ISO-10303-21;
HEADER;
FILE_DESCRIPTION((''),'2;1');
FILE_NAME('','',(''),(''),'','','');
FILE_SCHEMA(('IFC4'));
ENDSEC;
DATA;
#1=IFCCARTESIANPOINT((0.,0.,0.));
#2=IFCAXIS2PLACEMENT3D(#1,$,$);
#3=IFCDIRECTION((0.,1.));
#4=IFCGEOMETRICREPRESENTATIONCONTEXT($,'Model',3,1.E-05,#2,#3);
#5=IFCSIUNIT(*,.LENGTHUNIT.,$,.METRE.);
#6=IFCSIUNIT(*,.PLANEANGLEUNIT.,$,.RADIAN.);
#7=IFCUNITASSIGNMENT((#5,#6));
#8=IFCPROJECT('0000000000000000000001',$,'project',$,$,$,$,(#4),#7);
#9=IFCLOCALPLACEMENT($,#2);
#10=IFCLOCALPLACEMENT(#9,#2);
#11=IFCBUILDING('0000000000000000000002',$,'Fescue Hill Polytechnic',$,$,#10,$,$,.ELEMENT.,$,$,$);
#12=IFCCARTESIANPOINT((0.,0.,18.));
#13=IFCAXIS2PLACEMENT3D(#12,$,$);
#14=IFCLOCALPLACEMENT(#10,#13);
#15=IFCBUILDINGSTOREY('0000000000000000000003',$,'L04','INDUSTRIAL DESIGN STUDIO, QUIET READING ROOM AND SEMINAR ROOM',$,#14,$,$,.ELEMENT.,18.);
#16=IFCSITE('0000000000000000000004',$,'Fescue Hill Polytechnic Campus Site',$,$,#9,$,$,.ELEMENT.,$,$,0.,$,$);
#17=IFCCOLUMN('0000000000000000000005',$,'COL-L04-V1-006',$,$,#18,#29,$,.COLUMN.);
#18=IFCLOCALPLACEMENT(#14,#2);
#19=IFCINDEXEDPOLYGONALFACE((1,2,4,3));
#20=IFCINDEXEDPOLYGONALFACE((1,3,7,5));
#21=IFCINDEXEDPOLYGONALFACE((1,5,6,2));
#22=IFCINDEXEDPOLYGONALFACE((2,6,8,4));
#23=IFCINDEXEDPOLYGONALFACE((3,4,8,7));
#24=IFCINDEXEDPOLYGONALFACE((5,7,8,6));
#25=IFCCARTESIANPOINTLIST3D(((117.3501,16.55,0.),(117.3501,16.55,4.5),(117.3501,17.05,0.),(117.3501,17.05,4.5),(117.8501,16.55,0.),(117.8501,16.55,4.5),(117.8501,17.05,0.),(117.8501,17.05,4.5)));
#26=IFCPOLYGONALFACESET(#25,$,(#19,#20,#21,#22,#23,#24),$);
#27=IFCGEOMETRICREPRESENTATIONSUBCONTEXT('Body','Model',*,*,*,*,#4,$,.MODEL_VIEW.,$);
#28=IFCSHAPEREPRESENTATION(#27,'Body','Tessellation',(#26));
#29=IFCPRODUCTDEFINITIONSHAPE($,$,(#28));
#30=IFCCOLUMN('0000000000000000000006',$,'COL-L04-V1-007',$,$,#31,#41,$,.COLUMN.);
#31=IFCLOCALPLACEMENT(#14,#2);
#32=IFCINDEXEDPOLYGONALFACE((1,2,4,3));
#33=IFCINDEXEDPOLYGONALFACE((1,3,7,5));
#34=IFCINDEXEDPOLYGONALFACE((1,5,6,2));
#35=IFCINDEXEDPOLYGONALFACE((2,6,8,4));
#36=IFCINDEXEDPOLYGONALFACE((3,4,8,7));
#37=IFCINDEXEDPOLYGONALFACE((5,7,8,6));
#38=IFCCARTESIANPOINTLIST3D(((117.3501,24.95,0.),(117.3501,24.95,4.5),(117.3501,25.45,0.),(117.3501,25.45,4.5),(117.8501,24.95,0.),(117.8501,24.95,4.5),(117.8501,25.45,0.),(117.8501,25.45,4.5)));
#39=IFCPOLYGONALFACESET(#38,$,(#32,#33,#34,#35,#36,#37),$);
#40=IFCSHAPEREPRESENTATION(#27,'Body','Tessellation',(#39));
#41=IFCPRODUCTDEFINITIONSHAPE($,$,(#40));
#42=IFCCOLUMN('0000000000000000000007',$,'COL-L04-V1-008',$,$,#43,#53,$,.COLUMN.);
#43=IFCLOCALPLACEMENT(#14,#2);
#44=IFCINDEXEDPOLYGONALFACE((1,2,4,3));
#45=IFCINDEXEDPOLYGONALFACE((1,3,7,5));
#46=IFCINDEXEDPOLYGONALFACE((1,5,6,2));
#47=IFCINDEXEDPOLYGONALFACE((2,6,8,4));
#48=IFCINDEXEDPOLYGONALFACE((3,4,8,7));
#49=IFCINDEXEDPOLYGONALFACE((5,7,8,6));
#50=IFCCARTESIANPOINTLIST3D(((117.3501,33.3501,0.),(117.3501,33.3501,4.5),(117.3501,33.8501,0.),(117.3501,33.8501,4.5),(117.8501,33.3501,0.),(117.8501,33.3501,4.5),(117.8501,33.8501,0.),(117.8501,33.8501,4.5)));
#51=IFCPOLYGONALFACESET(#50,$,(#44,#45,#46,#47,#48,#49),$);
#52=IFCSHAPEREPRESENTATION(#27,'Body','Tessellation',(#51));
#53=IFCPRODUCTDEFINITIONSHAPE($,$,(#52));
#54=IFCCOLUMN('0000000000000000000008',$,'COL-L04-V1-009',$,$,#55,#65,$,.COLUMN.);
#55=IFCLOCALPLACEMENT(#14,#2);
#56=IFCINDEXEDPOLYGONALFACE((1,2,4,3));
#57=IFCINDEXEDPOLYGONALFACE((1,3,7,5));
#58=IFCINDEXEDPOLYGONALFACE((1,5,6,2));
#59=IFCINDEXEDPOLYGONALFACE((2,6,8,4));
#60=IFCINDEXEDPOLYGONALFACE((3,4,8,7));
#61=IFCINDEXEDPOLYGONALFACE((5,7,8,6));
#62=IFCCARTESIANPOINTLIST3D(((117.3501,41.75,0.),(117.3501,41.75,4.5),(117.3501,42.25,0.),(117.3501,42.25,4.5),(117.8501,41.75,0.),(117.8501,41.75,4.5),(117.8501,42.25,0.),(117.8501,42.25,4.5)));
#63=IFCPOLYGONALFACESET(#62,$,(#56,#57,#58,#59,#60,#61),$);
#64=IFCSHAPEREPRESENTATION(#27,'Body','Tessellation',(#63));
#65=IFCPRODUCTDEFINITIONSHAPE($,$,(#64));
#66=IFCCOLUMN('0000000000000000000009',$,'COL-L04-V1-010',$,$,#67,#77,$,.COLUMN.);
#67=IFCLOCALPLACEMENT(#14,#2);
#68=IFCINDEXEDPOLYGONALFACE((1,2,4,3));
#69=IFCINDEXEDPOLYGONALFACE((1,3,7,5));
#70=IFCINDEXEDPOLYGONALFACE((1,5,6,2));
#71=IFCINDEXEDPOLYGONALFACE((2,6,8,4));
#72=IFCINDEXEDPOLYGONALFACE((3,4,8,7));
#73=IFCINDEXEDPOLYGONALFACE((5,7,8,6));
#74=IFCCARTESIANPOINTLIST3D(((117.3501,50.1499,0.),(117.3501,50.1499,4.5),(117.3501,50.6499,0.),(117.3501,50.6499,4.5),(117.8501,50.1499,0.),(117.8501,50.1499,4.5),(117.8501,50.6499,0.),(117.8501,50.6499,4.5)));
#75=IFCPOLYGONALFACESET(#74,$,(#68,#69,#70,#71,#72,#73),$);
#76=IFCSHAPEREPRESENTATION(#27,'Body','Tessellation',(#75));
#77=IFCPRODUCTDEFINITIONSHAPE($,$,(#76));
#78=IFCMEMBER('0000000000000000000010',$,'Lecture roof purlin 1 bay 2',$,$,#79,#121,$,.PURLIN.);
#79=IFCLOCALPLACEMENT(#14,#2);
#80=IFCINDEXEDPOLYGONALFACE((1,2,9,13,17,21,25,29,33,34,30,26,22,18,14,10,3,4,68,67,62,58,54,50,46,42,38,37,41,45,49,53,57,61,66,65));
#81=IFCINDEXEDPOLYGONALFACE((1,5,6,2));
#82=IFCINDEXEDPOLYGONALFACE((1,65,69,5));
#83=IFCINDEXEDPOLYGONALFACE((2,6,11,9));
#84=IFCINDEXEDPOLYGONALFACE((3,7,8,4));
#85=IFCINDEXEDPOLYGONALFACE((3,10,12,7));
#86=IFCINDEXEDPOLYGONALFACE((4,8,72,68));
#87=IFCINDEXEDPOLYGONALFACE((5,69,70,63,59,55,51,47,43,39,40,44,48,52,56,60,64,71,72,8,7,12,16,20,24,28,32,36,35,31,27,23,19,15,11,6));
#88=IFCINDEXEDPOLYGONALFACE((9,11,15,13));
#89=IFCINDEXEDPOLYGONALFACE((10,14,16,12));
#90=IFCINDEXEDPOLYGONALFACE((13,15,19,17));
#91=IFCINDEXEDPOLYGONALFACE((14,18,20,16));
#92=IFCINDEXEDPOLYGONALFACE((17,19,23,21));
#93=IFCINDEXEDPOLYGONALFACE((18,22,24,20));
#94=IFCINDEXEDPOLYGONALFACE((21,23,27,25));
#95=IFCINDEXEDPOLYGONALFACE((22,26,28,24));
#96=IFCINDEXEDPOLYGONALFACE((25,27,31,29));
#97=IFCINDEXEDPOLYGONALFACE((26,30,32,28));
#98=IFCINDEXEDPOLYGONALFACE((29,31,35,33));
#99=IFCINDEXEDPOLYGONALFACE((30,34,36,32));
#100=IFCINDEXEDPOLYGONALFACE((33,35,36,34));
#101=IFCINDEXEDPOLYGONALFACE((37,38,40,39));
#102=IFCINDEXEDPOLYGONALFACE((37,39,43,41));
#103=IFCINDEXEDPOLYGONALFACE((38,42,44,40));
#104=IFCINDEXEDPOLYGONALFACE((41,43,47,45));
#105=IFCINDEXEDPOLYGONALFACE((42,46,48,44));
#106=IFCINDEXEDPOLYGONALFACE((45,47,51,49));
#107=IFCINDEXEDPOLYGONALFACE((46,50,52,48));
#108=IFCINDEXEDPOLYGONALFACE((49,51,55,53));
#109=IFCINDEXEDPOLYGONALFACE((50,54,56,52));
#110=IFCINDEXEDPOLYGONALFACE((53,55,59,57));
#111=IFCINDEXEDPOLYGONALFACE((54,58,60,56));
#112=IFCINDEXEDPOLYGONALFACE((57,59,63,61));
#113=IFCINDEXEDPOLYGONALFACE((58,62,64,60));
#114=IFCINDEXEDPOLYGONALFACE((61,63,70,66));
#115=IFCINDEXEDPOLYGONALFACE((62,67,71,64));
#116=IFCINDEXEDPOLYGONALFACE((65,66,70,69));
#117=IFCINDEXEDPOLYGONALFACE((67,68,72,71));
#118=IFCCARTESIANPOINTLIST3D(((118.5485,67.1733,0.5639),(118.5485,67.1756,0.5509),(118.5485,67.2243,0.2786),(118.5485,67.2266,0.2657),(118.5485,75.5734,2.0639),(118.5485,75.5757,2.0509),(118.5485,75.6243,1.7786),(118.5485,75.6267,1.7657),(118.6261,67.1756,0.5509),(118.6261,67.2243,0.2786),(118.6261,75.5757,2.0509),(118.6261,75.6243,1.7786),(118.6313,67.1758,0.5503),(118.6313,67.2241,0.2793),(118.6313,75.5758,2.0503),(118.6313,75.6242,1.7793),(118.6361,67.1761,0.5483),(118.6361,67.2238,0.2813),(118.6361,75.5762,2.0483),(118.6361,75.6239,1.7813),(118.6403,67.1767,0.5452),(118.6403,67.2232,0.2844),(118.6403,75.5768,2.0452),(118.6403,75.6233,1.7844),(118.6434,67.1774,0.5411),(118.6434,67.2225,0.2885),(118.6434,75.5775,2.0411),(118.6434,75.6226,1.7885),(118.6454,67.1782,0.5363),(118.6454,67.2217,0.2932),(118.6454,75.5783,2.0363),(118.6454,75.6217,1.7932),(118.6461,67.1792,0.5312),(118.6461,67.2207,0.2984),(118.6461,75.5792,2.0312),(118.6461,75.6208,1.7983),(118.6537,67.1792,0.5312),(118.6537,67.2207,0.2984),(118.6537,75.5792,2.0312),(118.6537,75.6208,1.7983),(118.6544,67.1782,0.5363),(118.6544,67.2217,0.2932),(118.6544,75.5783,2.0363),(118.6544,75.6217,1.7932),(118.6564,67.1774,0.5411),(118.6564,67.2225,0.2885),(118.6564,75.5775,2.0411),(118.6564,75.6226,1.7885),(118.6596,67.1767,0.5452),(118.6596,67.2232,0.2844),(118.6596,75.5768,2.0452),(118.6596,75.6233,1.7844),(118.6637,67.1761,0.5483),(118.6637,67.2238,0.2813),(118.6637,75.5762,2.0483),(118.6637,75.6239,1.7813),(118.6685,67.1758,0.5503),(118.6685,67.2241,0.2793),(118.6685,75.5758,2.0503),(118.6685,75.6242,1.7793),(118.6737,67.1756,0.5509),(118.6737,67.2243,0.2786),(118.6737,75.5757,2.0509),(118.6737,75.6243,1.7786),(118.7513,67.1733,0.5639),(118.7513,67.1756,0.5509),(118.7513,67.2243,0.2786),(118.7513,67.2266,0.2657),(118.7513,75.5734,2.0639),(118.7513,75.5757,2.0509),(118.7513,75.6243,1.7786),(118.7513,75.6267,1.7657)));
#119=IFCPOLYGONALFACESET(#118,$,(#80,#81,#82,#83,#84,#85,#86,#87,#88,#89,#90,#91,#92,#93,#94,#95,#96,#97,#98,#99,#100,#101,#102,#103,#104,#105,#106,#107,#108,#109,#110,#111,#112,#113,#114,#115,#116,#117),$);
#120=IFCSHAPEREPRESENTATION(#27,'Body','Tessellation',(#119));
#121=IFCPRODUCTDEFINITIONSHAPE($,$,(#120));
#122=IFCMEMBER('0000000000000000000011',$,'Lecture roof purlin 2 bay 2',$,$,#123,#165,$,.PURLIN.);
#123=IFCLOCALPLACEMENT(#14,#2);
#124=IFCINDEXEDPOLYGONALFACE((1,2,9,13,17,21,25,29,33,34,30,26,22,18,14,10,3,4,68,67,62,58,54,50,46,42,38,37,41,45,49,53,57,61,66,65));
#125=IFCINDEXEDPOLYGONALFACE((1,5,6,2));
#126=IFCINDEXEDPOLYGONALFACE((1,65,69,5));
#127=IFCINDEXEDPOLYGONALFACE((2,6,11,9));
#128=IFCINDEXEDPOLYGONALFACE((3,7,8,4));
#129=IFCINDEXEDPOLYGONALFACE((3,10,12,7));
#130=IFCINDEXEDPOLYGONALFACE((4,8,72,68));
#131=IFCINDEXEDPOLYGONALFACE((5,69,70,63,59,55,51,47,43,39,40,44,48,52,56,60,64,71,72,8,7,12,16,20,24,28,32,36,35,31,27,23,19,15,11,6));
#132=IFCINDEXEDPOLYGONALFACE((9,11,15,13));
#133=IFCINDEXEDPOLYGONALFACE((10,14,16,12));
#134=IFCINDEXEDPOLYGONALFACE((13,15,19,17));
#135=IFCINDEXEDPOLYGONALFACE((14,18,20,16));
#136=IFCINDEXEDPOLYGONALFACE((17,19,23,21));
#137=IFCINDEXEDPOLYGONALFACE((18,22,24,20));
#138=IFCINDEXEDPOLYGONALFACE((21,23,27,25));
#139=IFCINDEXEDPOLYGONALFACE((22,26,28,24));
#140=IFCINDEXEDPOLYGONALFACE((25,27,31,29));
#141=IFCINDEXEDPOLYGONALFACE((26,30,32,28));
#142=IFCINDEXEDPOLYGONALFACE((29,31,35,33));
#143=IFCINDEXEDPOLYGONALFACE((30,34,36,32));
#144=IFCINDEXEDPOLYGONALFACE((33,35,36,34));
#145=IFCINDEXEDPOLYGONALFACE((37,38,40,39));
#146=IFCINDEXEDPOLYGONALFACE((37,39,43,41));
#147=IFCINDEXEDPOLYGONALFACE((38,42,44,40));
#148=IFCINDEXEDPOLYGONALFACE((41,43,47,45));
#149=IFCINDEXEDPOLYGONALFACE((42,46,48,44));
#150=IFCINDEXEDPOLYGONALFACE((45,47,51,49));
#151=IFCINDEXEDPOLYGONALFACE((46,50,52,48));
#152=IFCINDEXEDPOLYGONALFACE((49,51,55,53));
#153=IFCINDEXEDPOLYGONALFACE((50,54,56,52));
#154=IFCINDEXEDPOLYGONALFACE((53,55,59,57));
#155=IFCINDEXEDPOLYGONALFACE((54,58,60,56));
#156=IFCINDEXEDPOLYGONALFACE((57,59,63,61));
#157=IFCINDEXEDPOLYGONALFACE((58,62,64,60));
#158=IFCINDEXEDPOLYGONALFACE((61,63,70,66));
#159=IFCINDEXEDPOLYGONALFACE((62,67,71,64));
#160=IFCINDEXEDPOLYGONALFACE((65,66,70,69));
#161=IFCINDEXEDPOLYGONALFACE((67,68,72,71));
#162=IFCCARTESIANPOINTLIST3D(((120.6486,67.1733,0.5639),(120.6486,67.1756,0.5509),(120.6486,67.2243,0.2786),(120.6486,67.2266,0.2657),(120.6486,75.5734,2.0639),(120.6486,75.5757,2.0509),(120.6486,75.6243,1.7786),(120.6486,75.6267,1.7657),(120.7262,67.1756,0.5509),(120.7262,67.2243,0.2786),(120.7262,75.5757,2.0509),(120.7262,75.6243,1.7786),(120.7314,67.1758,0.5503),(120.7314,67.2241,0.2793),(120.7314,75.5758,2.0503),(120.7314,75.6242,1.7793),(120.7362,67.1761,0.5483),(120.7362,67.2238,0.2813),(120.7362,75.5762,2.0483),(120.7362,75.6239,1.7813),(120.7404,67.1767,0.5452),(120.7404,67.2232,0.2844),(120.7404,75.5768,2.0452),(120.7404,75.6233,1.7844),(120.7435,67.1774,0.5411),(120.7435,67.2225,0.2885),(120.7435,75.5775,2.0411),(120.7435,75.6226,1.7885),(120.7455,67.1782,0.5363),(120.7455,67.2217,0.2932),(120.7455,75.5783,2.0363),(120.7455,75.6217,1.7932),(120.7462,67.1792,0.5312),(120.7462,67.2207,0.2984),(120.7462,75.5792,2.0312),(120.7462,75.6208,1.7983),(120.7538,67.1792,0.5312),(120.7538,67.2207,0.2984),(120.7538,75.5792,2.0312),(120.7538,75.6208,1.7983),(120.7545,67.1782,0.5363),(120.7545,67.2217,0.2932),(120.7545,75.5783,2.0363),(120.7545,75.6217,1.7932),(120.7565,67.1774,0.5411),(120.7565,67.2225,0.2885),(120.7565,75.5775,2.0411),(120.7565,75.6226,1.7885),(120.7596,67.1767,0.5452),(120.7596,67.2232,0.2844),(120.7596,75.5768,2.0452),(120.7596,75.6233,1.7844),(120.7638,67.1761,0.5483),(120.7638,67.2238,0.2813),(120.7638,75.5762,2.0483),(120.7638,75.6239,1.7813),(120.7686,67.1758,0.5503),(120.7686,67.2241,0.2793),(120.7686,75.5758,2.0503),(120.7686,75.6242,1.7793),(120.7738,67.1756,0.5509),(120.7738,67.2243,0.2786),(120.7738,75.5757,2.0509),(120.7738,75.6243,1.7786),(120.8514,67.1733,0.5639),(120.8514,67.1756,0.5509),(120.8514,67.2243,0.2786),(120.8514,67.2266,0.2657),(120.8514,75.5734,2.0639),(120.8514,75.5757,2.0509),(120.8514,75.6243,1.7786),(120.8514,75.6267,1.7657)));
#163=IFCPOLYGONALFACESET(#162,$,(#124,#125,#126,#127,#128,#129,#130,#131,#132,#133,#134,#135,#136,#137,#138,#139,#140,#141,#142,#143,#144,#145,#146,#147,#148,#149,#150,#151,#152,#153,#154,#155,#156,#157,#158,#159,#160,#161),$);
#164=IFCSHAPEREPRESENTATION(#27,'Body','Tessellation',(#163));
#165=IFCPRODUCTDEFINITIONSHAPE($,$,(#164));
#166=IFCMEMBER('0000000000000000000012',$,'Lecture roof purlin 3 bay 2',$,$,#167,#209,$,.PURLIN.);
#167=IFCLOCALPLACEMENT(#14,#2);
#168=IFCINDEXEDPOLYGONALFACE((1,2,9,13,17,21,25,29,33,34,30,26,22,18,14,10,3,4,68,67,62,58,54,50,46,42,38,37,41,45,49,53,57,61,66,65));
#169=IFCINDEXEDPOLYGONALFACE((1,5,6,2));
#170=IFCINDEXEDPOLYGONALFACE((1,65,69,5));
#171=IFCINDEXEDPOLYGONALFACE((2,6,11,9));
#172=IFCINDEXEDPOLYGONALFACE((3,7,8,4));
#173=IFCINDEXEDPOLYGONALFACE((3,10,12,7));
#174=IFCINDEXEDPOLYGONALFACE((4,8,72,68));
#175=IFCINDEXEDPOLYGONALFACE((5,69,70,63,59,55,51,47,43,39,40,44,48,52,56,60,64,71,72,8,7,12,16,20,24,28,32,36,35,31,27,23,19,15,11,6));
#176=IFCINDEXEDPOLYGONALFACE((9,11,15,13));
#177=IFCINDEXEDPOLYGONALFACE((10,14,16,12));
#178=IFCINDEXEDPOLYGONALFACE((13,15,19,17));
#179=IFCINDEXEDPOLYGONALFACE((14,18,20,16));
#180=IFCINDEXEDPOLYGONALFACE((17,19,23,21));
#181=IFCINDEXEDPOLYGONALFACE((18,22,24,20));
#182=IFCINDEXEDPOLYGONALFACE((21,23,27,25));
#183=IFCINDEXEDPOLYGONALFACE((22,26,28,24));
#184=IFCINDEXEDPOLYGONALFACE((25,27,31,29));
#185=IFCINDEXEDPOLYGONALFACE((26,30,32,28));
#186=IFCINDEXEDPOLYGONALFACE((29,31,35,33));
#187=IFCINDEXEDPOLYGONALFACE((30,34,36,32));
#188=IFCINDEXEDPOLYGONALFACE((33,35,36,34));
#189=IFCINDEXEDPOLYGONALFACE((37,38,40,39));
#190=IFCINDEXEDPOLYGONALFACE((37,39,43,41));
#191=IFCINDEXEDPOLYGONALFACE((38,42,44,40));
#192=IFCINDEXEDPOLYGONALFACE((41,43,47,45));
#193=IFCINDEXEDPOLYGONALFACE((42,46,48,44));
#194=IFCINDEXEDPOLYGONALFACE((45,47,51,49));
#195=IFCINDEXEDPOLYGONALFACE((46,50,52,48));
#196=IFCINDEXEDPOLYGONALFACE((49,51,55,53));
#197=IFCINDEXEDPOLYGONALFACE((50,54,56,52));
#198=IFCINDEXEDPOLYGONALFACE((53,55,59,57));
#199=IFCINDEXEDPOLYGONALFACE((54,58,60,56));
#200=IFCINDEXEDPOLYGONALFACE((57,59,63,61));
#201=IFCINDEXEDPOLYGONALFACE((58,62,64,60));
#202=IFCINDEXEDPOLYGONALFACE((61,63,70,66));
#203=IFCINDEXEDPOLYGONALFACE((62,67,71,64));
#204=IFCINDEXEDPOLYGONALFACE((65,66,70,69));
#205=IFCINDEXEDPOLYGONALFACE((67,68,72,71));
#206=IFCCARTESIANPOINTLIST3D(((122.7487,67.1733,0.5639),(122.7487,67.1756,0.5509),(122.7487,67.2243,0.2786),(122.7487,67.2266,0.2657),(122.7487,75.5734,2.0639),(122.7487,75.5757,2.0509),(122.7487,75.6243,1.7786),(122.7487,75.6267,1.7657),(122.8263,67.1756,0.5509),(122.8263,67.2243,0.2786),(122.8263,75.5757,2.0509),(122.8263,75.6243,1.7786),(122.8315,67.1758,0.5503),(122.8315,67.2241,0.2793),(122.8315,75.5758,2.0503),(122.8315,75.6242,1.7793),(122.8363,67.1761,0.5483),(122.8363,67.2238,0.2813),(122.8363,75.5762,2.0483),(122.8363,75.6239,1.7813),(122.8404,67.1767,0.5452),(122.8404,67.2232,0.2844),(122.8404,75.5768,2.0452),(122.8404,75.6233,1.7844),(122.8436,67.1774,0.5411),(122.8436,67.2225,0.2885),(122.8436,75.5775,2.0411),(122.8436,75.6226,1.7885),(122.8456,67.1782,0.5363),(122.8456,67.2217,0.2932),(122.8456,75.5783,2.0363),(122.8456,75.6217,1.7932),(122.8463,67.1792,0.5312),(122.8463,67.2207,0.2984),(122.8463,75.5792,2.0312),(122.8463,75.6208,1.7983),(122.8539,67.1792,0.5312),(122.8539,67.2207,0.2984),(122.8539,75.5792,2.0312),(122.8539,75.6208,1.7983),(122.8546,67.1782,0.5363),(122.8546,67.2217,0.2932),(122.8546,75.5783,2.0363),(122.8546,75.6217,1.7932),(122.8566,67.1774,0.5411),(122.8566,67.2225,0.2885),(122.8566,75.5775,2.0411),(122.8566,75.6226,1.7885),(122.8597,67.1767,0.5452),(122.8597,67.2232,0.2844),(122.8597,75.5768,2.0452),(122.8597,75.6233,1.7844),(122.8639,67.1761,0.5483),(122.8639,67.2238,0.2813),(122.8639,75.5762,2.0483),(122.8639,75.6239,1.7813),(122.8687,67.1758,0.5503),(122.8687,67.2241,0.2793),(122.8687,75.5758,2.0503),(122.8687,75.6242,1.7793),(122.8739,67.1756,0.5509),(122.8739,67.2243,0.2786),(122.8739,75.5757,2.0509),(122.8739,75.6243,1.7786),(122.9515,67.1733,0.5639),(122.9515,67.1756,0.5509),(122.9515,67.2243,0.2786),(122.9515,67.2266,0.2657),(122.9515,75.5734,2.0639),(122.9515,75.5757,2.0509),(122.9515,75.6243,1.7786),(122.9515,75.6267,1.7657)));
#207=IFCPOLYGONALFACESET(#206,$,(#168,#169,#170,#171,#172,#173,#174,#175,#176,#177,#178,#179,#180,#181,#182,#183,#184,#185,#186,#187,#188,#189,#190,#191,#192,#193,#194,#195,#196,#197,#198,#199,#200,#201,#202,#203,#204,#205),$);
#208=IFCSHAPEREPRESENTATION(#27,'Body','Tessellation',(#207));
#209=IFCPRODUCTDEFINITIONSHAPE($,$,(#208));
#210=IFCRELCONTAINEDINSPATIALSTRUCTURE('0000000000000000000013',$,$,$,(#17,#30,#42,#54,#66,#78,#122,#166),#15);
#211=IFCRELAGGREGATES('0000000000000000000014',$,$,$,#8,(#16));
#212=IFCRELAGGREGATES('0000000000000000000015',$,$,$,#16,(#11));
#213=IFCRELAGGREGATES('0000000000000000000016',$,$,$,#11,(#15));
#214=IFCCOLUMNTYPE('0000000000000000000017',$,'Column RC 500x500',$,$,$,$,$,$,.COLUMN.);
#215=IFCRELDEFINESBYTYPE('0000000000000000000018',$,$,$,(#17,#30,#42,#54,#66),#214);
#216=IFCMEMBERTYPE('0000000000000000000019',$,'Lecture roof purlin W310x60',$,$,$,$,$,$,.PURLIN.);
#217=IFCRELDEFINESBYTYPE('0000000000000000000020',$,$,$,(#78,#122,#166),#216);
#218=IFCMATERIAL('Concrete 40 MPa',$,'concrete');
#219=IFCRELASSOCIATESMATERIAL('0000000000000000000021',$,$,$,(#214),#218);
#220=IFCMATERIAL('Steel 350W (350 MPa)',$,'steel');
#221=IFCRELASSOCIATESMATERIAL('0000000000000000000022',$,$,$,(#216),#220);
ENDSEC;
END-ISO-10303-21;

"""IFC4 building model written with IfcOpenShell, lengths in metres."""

from ifc_helpers import new_model, si_unit, direction, frame, origin, origin_2d, place, context, subcontext, project, spatial, rectangle, i_section, extrude, material, material_profile, profile_set, type_object, element, save


model = new_model("IFC4")

# Units and contexts
model_context = context("Model", 3, precision=1e-05, world=origin(), true_north=direction((0.0, 1.0)))
body_context = subcontext(model_context, "Body", "Model", "MODEL_VIEW")
ifc_project = project(units=[si_unit("LENGTHUNIT", "METRE"), si_unit("PLANEANGLEUNIT", "RADIAN")], contexts=[model_context])

# Site, building, storey
site_placement = place(None, origin())
site = spatial("IfcSite", under=ifc_project, at=site_placement, Name="Fescue Hill Polytechnic Campus Site", CompositionType="ELEMENT", RefElevation=0.0)
building_placement = place(site_placement, origin())
building = spatial("IfcBuilding", under=site, at=building_placement, Name="Fescue Hill Polytechnic", CompositionType="ELEMENT")
storey_placement = place(building_placement, frame((0.0, 0.0, 18.0)))
storey = spatial("IfcBuildingStorey", under=building, at=storey_placement, Name="L04", Description="INDUSTRIAL DESIGN STUDIO, QUIET READING ROOM AND SEMINAR ROOM", CompositionType="ELEMENT", Elevation=18.0)

# Columns
ifc_material_1 = material(Name="Concrete 40 MPa", Category="concrete")
ifc_material_profile_1 = material_profile(ifc_material_1, rectangle(XDim=0.5, YDim=0.5, at=origin_2d()), Name="RC 500x500")
ifc_profile_set_1 = profile_set([ifc_material_profile_1], Name="Concrete 40 MPa")
column_type = type_object("IfcColumnType", Name="Column RC 500x500", PredefinedType="COLUMN", material=ifc_profile_set_1)
for number, where, z_axis, x_axis, name in (
    (1, (117.6001, 16.8, 0.0), (0.0, 0.0, 1.0), (1.0, 0.0, 0.0), "COL-L04-V1-006"),
    (2, (117.6001, 25.2, 0.0), (0.0, 0.0, 1.0), (1.0, 0.0, 0.0), "COL-L04-V1-007"),
    (3, (117.6001, 33.6001, 0.0), (0.0, 0.0, 1.0), (1.0, 0.0, 0.0), "COL-L04-V1-008"),
    (4, (117.6001, 42.0, 0.0), (0.0, 0.0, 1.0), (1.0, 0.0, 0.0), "COL-L04-V1-009"),
    (5, (117.6001, 50.3999, 0.0), (0.0, 0.0, 1.0), (1.0, 0.0, 0.0), "COL-L04-V1-010"),
):
    element("IfcColumn", number, at=place(storey_placement, frame(where, z_axis=z_axis, x_axis=x_axis)), inside=storey, type_object=column_type, Name=name, PredefinedType="COLUMN", context=body_context, shape_type="SweptSolid", body=[
        extrude(rectangle(XDim=0.5, YDim=0.5, at=origin_2d()), origin(), (0.0, 0.0, 1.0), 4.5),
    ])

# Members
ifc_material_2 = material(Name="Steel 350W (350 MPa)", Category="steel")
ifc_material_profile_2 = material_profile(ifc_material_2, i_section(OverallWidth=0.2029, OverallDepth=0.303, WebThickness=0.0076, FlangeThickness=0.0132, FilletRadius=0.02, at=origin_2d()), Name="W310x60")
ifc_profile_set_2 = profile_set([ifc_material_profile_2], Name="Steel 350W (350 MPa)")
member_type = type_object("IfcMemberType", Name="Lecture roof purlin W310x60", PredefinedType="PURLIN", material=ifc_profile_set_2)
for number, where, z_axis, x_axis, name in (
    (6, (118.6499, 67.2, 0.4148), (0.0, 0.984428, 0.175788), (-1.0, 0.0, 0.0), "Lecture roof purlin 1 bay 2"),
    (7, (120.75, 67.2, 0.4148), (0.0, 0.984428, 0.175788), (-1.0, 0.0, 0.0), "Lecture roof purlin 2 bay 2"),
    (8, (122.8501, 67.2, 0.4148), (0.0, 0.984428, 0.175788), (-1.0, 0.0, 0.0), "Lecture roof purlin 3 bay 2"),
):
    element("IfcMember", number, at=place(storey_placement, frame(where, z_axis=z_axis, x_axis=x_axis)), inside=storey, type_object=member_type, Name=name, PredefinedType="PURLIN", context=body_context, shape_type="SweptSolid", body=[
        extrude(i_section(OverallWidth=0.2029, OverallDepth=0.303, WebThickness=0.0076, FlangeThickness=0.0132, FilletRadius=0.02, at=origin_2d()), origin(), (0.0, 0.0, 1.0), 8.533),
    ])

save(model, "model.ifc")
